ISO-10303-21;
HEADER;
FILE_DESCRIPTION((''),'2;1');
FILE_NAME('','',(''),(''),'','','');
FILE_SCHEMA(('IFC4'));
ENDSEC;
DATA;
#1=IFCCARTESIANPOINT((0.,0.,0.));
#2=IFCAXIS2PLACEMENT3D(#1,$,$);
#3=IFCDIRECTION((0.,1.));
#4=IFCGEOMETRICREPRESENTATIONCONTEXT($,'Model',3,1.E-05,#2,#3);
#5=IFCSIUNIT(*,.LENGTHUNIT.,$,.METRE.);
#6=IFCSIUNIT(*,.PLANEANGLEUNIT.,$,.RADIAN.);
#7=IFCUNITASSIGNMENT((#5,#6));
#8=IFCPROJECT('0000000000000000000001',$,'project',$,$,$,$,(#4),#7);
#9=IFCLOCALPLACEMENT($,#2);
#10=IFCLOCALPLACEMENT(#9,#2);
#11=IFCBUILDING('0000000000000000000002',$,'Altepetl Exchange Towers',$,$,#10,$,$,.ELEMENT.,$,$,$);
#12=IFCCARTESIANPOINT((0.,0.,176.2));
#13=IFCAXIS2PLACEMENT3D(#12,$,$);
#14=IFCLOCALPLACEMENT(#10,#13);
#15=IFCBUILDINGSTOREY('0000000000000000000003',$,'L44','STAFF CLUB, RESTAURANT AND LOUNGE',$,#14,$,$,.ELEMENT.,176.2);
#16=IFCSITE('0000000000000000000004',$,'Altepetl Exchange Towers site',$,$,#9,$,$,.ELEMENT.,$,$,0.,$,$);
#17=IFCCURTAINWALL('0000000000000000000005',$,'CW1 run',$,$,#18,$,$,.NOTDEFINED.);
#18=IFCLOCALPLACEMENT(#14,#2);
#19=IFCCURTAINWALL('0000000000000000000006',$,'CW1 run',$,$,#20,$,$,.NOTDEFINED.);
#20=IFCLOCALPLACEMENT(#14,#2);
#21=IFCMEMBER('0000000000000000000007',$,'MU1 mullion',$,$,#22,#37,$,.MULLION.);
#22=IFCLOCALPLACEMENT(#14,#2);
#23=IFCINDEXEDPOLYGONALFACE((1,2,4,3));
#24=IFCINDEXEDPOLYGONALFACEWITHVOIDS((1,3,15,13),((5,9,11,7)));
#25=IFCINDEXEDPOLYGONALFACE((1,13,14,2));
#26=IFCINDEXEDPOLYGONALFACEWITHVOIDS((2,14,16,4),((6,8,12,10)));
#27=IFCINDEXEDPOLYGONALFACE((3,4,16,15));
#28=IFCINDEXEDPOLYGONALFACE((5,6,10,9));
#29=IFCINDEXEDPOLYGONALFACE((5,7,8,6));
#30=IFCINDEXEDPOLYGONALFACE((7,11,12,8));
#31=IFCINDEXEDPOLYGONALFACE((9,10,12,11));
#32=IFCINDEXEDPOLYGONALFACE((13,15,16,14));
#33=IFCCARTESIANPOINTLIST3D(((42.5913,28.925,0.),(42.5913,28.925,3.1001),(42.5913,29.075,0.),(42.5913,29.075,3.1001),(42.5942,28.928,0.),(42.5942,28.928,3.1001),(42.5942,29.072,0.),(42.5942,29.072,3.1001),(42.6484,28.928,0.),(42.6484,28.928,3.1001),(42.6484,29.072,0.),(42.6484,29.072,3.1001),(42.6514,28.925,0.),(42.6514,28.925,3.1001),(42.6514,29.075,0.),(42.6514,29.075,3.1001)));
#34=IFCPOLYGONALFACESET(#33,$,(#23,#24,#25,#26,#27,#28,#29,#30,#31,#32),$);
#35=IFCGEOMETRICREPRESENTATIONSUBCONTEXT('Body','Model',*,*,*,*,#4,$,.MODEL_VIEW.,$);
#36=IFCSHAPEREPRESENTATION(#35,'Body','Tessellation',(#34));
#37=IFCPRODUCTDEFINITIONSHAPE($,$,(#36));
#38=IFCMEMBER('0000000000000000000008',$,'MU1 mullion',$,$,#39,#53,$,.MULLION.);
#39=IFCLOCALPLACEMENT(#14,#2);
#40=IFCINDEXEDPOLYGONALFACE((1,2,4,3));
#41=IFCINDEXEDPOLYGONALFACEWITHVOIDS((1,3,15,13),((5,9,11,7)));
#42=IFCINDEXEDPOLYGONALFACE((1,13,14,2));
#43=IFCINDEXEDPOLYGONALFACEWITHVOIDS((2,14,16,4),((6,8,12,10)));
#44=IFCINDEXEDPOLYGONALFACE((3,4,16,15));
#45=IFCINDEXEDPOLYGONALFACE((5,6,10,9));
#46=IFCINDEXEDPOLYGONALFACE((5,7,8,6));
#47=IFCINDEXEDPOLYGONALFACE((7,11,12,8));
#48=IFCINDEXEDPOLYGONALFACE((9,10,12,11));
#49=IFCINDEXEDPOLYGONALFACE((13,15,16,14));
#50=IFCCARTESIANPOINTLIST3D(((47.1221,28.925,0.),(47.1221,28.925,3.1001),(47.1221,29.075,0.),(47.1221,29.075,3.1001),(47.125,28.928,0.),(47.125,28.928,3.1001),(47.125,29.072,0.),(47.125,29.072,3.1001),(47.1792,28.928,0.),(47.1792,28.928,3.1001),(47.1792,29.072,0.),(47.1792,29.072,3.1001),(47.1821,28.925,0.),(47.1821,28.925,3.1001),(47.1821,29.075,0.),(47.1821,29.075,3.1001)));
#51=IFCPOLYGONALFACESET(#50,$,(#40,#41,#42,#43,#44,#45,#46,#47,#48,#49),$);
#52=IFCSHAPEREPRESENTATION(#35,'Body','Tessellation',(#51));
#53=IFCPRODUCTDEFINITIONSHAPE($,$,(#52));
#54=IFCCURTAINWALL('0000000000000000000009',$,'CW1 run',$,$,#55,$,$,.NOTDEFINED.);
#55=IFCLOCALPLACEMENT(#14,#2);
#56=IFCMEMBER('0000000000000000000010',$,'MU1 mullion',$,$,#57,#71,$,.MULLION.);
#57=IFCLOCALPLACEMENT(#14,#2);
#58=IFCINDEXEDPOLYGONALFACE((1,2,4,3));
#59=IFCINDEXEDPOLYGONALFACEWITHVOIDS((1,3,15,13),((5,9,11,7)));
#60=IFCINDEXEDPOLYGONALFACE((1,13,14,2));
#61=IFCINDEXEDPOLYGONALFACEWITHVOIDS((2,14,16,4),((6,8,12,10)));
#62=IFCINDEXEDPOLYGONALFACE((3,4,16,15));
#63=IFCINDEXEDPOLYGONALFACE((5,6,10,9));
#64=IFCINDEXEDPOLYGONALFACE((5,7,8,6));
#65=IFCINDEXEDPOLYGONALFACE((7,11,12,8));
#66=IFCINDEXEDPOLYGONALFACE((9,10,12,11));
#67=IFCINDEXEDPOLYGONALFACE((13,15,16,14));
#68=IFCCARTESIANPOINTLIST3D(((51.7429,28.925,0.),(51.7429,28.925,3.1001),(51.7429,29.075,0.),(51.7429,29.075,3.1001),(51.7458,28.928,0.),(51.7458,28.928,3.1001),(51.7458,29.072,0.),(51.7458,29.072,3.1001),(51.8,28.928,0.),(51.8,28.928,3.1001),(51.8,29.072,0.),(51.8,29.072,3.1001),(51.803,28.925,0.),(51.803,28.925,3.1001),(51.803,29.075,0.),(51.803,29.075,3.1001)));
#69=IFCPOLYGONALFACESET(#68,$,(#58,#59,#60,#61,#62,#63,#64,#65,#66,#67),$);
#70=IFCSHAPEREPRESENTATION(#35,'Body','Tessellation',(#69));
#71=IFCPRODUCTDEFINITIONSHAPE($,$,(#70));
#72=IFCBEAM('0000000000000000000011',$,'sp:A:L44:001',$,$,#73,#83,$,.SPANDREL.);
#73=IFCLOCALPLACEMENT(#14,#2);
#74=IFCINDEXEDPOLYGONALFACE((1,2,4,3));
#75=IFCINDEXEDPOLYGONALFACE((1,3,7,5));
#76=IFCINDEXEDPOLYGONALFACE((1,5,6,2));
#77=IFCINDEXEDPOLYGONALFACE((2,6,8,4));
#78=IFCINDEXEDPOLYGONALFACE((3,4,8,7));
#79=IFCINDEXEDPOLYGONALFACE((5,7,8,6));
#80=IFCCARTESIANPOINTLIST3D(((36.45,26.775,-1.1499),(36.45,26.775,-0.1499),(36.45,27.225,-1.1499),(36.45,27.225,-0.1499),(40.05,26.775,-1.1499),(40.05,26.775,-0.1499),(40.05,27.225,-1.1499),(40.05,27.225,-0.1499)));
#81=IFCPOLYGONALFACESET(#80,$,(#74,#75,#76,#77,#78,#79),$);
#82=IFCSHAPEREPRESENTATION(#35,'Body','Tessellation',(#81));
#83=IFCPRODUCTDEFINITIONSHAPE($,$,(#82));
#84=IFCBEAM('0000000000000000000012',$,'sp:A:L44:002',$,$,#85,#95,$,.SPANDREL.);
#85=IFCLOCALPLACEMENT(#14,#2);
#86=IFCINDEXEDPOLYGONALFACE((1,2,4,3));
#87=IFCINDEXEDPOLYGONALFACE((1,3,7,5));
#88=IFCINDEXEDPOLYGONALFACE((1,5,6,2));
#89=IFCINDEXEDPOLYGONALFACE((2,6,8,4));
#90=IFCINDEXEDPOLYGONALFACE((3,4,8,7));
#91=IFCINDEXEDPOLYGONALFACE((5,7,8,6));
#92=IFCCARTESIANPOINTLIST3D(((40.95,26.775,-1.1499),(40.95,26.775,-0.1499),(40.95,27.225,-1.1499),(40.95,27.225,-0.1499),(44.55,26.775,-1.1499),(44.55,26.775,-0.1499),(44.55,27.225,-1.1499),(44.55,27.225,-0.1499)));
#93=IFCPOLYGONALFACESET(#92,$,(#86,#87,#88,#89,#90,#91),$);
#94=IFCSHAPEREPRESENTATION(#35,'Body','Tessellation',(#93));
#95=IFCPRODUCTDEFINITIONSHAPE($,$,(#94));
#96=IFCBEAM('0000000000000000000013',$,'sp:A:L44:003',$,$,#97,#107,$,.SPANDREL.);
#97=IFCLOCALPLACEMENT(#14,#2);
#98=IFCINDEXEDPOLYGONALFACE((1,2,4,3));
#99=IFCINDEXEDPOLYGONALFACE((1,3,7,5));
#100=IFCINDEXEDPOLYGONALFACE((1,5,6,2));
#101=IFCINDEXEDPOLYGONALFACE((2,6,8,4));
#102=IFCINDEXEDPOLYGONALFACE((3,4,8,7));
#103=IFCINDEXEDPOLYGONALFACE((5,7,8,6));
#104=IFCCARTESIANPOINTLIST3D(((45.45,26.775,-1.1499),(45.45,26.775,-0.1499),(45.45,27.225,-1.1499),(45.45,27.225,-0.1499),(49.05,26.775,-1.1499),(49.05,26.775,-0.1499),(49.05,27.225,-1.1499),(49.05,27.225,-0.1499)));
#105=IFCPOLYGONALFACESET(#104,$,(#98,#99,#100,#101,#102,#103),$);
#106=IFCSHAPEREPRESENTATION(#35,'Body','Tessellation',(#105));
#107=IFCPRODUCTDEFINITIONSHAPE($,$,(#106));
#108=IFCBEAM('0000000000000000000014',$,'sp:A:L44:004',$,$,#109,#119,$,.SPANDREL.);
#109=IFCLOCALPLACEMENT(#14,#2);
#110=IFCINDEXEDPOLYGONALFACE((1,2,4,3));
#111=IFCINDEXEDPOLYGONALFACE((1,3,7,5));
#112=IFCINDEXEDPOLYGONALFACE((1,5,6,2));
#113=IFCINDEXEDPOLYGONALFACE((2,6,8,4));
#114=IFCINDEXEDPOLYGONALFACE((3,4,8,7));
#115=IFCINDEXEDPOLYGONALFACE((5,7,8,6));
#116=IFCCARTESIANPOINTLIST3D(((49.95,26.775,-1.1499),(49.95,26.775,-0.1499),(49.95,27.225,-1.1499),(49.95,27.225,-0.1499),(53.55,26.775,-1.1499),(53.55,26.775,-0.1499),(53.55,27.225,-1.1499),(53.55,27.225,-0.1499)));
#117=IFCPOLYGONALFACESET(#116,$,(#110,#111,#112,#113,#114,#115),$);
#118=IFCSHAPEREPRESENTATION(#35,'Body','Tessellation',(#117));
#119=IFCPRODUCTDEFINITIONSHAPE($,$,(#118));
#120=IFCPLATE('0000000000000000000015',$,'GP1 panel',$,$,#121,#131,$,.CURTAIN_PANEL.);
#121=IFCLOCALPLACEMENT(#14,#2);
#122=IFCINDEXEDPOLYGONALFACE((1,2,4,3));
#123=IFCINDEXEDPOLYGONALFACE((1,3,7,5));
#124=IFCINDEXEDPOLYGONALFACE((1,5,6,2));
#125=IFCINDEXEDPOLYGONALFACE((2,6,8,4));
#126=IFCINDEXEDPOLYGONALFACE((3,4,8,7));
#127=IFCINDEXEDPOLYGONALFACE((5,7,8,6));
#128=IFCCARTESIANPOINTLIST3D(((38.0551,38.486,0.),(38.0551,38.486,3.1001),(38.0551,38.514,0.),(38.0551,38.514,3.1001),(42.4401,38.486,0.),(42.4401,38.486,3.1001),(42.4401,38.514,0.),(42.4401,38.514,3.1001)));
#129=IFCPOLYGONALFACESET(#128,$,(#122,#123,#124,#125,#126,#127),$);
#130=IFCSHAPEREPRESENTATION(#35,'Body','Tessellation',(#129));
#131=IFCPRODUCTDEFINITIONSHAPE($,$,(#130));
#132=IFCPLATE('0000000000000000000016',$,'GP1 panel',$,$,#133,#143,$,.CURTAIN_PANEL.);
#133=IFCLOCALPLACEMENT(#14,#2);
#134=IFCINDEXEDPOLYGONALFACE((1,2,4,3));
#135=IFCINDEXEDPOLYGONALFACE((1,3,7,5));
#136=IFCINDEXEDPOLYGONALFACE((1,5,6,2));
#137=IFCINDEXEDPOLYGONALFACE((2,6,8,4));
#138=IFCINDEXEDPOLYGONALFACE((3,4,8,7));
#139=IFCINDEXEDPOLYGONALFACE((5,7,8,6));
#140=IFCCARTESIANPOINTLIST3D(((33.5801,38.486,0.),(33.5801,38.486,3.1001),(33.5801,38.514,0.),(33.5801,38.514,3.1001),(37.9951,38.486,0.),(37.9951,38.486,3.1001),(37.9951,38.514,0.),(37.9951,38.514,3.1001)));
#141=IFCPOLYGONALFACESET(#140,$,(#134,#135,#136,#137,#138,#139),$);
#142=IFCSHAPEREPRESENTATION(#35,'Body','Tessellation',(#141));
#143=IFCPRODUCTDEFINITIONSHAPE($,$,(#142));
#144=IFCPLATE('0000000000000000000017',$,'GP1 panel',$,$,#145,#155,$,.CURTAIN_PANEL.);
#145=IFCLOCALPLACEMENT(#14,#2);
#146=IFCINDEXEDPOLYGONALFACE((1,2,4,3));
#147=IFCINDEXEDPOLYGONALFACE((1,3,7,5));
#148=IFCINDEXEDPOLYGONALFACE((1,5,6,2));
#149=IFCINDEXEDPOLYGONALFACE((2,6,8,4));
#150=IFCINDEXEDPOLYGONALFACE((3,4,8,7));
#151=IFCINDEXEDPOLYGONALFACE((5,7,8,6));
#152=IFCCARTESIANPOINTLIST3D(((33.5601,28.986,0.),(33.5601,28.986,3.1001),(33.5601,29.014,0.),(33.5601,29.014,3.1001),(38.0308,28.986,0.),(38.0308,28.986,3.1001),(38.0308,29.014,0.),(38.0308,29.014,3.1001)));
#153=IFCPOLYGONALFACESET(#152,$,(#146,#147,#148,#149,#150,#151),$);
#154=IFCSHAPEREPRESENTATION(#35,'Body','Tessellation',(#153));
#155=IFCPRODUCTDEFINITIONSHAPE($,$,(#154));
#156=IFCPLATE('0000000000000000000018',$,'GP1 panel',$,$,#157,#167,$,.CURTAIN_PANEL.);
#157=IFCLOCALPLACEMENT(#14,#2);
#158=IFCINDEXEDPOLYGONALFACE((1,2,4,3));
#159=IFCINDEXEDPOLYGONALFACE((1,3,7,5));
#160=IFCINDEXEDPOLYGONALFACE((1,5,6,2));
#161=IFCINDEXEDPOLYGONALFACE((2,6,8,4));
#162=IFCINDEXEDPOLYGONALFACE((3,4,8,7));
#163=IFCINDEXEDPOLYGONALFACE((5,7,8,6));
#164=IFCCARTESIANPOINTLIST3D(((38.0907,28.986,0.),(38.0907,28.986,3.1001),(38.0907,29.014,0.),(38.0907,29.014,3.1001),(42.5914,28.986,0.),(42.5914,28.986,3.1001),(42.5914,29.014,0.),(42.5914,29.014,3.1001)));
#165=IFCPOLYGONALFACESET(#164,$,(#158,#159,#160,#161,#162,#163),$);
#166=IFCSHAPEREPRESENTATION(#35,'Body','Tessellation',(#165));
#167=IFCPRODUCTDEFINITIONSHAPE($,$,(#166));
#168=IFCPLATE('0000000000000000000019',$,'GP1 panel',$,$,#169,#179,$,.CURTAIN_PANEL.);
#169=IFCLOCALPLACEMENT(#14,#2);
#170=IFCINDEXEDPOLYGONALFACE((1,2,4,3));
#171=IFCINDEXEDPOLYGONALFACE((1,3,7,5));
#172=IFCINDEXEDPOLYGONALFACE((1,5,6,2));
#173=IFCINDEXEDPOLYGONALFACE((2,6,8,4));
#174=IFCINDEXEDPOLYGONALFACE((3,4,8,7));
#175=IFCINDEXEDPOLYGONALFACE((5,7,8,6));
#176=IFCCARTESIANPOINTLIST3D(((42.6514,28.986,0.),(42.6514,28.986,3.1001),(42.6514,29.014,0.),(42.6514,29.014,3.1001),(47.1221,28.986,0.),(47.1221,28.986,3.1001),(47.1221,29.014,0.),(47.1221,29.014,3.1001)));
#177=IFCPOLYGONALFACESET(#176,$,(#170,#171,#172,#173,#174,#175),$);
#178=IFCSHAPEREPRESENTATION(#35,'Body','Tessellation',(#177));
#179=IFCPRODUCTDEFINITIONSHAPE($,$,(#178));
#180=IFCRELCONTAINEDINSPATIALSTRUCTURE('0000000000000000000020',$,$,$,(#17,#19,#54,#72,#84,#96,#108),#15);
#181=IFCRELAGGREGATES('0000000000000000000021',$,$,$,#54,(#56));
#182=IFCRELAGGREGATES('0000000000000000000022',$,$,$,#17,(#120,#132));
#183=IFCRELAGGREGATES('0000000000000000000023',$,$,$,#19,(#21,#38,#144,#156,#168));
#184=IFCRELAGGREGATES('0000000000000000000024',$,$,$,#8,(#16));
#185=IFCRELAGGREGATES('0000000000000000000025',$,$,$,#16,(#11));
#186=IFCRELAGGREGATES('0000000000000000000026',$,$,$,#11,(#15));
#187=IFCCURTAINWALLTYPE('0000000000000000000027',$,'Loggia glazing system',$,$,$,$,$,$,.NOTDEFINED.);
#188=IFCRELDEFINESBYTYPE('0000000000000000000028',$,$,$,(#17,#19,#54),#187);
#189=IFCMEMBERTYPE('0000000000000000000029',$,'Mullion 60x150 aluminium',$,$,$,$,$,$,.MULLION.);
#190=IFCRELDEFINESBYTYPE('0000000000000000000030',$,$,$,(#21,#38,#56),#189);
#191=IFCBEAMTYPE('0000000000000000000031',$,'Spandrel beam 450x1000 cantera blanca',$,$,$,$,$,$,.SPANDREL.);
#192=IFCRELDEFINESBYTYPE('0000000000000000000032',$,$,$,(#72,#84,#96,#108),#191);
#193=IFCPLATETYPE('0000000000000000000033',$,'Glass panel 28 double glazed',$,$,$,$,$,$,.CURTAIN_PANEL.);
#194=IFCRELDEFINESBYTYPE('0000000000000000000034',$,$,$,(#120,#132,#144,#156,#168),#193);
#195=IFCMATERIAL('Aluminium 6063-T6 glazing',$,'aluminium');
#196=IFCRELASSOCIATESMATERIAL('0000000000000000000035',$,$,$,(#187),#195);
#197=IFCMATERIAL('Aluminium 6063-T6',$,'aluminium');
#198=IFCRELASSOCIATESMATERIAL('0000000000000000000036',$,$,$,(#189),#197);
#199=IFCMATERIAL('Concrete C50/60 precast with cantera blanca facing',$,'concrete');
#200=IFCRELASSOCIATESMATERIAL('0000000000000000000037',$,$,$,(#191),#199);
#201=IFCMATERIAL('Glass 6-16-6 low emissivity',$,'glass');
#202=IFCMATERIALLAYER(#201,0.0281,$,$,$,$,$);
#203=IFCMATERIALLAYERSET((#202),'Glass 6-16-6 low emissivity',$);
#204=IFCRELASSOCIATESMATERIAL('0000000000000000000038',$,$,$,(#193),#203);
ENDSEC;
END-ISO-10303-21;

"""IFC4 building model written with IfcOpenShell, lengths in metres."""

from ifc_helpers import new_model, si_unit, direction, frame, origin, origin_2d, place, context, subcontext, project, spatial, rectangle, hollow_rectangle, extrude, material, layer, layer_set, material_profile, profile_set, type_object, element, aggregate, save


model = new_model("IFC4")

# Units and contexts
model_context = context("Model", 3, precision=1e-05, world=origin(), true_north=direction((0.0, 1.0)))
body_context = subcontext(model_context, "Body", "Model", "MODEL_VIEW")
ifc_project = project(units=[si_unit("LENGTHUNIT", "METRE"), si_unit("PLANEANGLEUNIT", "RADIAN")], contexts=[model_context])

# Site, building, storey
site_placement = place(None, origin())
site = spatial("IfcSite", under=ifc_project, at=site_placement, Name="Altepetl Exchange Towers site", CompositionType="ELEMENT", RefElevation=0.0)
building_placement = place(site_placement, origin())
building = spatial("IfcBuilding", under=site, at=building_placement, Name="Altepetl Exchange Towers", CompositionType="ELEMENT")
storey_placement = place(building_placement, frame((0.0, 0.0, 176.2)))
storey = spatial("IfcBuildingStorey", under=building, at=storey_placement, Name="L44", Description="STAFF CLUB, RESTAURANT AND LOUNGE", CompositionType="ELEMENT", Elevation=176.2)

# Curtain walls, members
ifc_material_1 = material(Name="Aluminium 6063-T6 glazing", Category="aluminium")
curtain_wall_type = type_object("IfcCurtainWallType", Name="Loggia glazing system", PredefinedType="NOTDEFINED", material=ifc_material_1)
curtain_wall_1_placement = place(storey_placement, origin())
curtain_wall_1 = element("IfcCurtainWall", 1, at=curtain_wall_1_placement, inside=storey, type_object=curtain_wall_type, Name="CW1 run", PredefinedType="NOTDEFINED")
ifc_material_2 = material(Name="Aluminium 6063-T6", Category="aluminium")
ifc_material_profile_1 = material_profile(ifc_material_2, hollow_rectangle(XDim=0.0601, YDim=0.1499, WallThickness=0.0029, at=origin_2d()), Name="Mullion 60x150 aluminium")
ifc_profile_set_1 = profile_set([ifc_material_profile_1], Name="Aluminium 6063-T6")
member_type = type_object("IfcMemberType", Name="Mullion 60x150 aluminium", PredefinedType="MULLION", material=ifc_profile_set_1)
curtain_wall_2_placement = place(storey_placement, origin())
curtain_wall_2 = element("IfcCurtainWall", 2, at=curtain_wall_2_placement, inside=storey, type_object=curtain_wall_type, Name="CW1 run", PredefinedType="NOTDEFINED")
member_1_placement = place(storey_placement, frame((42.6213, 29.0, 0.0)))
member_1 = element("IfcMember", 3, at=member_1_placement, type_object=member_type, Name="MU1 mullion", PredefinedType="MULLION", context=body_context, shape_type="SweptSolid", body=[
    extrude(hollow_rectangle(XDim=0.0601, YDim=0.1499, WallThickness=0.0029, at=origin_2d()), origin(), (0.0, 0.0, 1.0), 3.1001),
])
member_2_placement = place(storey_placement, frame((47.1521, 29.0, 0.0)))
member_2 = element("IfcMember", 4, at=member_2_placement, type_object=member_type, Name="MU1 mullion", PredefinedType="MULLION", context=body_context, shape_type="SweptSolid", body=[
    extrude(hollow_rectangle(XDim=0.0601, YDim=0.1499, WallThickness=0.0029, at=origin_2d()), origin(), (0.0, 0.0, 1.0), 3.1001),
])

# Curtain wall, member
curtain_wall_3_placement = place(storey_placement, origin())
curtain_wall_3 = element("IfcCurtainWall", 5, at=curtain_wall_3_placement, inside=storey, type_object=curtain_wall_type, Name="CW1 run", PredefinedType="NOTDEFINED")
member_3_placement = place(storey_placement, frame((51.7729, 29.0, 0.0)))
member_3 = element("IfcMember", 6, at=member_3_placement, type_object=member_type, Name="MU1 mullion", PredefinedType="MULLION", context=body_context, shape_type="SweptSolid", body=[
    extrude(hollow_rectangle(XDim=0.0601, YDim=0.1499, WallThickness=0.0029, at=origin_2d()), origin(), (0.0, 0.0, 1.0), 3.1001),
])
aggregate(curtain_wall_3, [member_3])

# Beams
ifc_material_3 = material(Name="Concrete C50/60 precast with cantera blanca facing", Category="concrete")
ifc_material_profile_2 = material_profile(ifc_material_3, rectangle(XDim=0.45, YDim=1.0, at=origin_2d()), Name="450 x 1000")
ifc_profile_set_2 = profile_set([ifc_material_profile_2], Name="Concrete C50/60 precast with cantera blanca facing")
beam_type_1 = type_object("IfcBeamType", Name="Spandrel beam 450x1000 cantera blanca", PredefinedType="SPANDREL", material=ifc_profile_set_2)
for number, where, z_axis, x_axis, name in (
    (7, (36.45, 27.0, -0.6499), (1.0, 0.0, 0.0), (0.0, 1.0, 0.0), "sp:A:L44:001"),
    (8, (40.95, 27.0, -0.6499), (1.0, 0.0, 0.0), (0.0, 1.0, 0.0), "sp:A:L44:002"),
    (9, (45.45, 27.0, -0.6499), (1.0, 0.0, 0.0), (0.0, 1.0, 0.0), "sp:A:L44:003"),
    (10, (49.95, 27.0, -0.6499), (1.0, 0.0, 0.0), (0.0, 1.0, 0.0), "sp:A:L44:004"),
):
    element("IfcBeam", number, at=place(storey_placement, frame(where, z_axis=z_axis, x_axis=x_axis)), inside=storey, type_object=beam_type_1, Name=name, PredefinedType="SPANDREL", context=body_context, shape_type="SweptSolid", body=[
        extrude(rectangle(XDim=0.45, YDim=1.0, at=origin_2d()), origin(), (0.0, 0.0, 1.0), 3.6001),
    ])

# Plates
ifc_material_4 = material(Name="Glass 6-16-6 low emissivity", Category="glass")
ifc_layer_1 = layer(ifc_material_4, 0.0281)
ifc_layer_set_1 = layer_set([ifc_layer_1], Name="Glass 6-16-6 low emissivity")
plate_type = type_object("IfcPlateType", Name="Glass panel 28 double glazed", PredefinedType="CURTAIN_PANEL", material=ifc_layer_set_1)
plate_1_placement = place(storey_placement, frame((40.2476, 38.5, 0.0), z_axis=(0.0, 0.0, 1.0), x_axis=(-1.0, 0.0, 0.0)))
plate_1 = element("IfcPlate", 11, at=plate_1_placement, type_object=plate_type, Name="GP1 panel", PredefinedType="CURTAIN_PANEL", context=body_context, shape_type="SweptSolid", body=[
    extrude(rectangle(XDim=4.385, YDim=0.0281, at=origin_2d()), origin(), (0.0, 0.0, 1.0), 3.1001),
])
plate_2_placement = place(storey_placement, frame((35.7876, 38.5, 0.0), z_axis=(0.0, 0.0, 1.0), x_axis=(-1.0, 0.0, 0.0)))
plate_2 = element("IfcPlate", 12, at=plate_2_placement, type_object=plate_type, Name="GP1 panel", PredefinedType="CURTAIN_PANEL", context=body_context, shape_type="SweptSolid", body=[
    extrude(rectangle(XDim=4.415, YDim=0.0281, at=origin_2d()), origin(), (0.0, 0.0, 1.0), 3.1001),
])
aggregate(curtain_wall_1, [plate_1, plate_2])
plate_3_placement = place(storey_placement, frame((35.7954, 29.0, 0.0)))
plate_3 = element("IfcPlate", 13, at=plate_3_placement, type_object=plate_type, Name="GP1 panel", PredefinedType="CURTAIN_PANEL", context=body_context, shape_type="SweptSolid", body=[
    extrude(rectangle(XDim=4.4707, YDim=0.0281, at=origin_2d()), origin(), (0.0, 0.0, 1.0), 3.1001),
])
plate_4_placement = place(storey_placement, frame((40.3411, 29.0, 0.0)))
plate_4 = element("IfcPlate", 14, at=plate_4_placement, type_object=plate_type, Name="GP1 panel", PredefinedType="CURTAIN_PANEL", context=body_context, shape_type="SweptSolid", body=[
    extrude(rectangle(XDim=4.5007, YDim=0.0281, at=origin_2d()), origin(), (0.0, 0.0, 1.0), 3.1001),
])
plate_5_placement = place(storey_placement, frame((44.8867, 29.0, 0.0)))
plate_5 = element("IfcPlate", 15, at=plate_5_placement, type_object=plate_type, Name="GP1 panel", PredefinedType="CURTAIN_PANEL", context=body_context, shape_type="SweptSolid", body=[
    extrude(rectangle(XDim=4.4707, YDim=0.0281, at=origin_2d()), origin(), (0.0, 0.0, 1.0), 3.1001),
])
aggregate(curtain_wall_2, [member_1, member_2, plate_3, plate_4, plate_5])

save(model, "model.ifc")
